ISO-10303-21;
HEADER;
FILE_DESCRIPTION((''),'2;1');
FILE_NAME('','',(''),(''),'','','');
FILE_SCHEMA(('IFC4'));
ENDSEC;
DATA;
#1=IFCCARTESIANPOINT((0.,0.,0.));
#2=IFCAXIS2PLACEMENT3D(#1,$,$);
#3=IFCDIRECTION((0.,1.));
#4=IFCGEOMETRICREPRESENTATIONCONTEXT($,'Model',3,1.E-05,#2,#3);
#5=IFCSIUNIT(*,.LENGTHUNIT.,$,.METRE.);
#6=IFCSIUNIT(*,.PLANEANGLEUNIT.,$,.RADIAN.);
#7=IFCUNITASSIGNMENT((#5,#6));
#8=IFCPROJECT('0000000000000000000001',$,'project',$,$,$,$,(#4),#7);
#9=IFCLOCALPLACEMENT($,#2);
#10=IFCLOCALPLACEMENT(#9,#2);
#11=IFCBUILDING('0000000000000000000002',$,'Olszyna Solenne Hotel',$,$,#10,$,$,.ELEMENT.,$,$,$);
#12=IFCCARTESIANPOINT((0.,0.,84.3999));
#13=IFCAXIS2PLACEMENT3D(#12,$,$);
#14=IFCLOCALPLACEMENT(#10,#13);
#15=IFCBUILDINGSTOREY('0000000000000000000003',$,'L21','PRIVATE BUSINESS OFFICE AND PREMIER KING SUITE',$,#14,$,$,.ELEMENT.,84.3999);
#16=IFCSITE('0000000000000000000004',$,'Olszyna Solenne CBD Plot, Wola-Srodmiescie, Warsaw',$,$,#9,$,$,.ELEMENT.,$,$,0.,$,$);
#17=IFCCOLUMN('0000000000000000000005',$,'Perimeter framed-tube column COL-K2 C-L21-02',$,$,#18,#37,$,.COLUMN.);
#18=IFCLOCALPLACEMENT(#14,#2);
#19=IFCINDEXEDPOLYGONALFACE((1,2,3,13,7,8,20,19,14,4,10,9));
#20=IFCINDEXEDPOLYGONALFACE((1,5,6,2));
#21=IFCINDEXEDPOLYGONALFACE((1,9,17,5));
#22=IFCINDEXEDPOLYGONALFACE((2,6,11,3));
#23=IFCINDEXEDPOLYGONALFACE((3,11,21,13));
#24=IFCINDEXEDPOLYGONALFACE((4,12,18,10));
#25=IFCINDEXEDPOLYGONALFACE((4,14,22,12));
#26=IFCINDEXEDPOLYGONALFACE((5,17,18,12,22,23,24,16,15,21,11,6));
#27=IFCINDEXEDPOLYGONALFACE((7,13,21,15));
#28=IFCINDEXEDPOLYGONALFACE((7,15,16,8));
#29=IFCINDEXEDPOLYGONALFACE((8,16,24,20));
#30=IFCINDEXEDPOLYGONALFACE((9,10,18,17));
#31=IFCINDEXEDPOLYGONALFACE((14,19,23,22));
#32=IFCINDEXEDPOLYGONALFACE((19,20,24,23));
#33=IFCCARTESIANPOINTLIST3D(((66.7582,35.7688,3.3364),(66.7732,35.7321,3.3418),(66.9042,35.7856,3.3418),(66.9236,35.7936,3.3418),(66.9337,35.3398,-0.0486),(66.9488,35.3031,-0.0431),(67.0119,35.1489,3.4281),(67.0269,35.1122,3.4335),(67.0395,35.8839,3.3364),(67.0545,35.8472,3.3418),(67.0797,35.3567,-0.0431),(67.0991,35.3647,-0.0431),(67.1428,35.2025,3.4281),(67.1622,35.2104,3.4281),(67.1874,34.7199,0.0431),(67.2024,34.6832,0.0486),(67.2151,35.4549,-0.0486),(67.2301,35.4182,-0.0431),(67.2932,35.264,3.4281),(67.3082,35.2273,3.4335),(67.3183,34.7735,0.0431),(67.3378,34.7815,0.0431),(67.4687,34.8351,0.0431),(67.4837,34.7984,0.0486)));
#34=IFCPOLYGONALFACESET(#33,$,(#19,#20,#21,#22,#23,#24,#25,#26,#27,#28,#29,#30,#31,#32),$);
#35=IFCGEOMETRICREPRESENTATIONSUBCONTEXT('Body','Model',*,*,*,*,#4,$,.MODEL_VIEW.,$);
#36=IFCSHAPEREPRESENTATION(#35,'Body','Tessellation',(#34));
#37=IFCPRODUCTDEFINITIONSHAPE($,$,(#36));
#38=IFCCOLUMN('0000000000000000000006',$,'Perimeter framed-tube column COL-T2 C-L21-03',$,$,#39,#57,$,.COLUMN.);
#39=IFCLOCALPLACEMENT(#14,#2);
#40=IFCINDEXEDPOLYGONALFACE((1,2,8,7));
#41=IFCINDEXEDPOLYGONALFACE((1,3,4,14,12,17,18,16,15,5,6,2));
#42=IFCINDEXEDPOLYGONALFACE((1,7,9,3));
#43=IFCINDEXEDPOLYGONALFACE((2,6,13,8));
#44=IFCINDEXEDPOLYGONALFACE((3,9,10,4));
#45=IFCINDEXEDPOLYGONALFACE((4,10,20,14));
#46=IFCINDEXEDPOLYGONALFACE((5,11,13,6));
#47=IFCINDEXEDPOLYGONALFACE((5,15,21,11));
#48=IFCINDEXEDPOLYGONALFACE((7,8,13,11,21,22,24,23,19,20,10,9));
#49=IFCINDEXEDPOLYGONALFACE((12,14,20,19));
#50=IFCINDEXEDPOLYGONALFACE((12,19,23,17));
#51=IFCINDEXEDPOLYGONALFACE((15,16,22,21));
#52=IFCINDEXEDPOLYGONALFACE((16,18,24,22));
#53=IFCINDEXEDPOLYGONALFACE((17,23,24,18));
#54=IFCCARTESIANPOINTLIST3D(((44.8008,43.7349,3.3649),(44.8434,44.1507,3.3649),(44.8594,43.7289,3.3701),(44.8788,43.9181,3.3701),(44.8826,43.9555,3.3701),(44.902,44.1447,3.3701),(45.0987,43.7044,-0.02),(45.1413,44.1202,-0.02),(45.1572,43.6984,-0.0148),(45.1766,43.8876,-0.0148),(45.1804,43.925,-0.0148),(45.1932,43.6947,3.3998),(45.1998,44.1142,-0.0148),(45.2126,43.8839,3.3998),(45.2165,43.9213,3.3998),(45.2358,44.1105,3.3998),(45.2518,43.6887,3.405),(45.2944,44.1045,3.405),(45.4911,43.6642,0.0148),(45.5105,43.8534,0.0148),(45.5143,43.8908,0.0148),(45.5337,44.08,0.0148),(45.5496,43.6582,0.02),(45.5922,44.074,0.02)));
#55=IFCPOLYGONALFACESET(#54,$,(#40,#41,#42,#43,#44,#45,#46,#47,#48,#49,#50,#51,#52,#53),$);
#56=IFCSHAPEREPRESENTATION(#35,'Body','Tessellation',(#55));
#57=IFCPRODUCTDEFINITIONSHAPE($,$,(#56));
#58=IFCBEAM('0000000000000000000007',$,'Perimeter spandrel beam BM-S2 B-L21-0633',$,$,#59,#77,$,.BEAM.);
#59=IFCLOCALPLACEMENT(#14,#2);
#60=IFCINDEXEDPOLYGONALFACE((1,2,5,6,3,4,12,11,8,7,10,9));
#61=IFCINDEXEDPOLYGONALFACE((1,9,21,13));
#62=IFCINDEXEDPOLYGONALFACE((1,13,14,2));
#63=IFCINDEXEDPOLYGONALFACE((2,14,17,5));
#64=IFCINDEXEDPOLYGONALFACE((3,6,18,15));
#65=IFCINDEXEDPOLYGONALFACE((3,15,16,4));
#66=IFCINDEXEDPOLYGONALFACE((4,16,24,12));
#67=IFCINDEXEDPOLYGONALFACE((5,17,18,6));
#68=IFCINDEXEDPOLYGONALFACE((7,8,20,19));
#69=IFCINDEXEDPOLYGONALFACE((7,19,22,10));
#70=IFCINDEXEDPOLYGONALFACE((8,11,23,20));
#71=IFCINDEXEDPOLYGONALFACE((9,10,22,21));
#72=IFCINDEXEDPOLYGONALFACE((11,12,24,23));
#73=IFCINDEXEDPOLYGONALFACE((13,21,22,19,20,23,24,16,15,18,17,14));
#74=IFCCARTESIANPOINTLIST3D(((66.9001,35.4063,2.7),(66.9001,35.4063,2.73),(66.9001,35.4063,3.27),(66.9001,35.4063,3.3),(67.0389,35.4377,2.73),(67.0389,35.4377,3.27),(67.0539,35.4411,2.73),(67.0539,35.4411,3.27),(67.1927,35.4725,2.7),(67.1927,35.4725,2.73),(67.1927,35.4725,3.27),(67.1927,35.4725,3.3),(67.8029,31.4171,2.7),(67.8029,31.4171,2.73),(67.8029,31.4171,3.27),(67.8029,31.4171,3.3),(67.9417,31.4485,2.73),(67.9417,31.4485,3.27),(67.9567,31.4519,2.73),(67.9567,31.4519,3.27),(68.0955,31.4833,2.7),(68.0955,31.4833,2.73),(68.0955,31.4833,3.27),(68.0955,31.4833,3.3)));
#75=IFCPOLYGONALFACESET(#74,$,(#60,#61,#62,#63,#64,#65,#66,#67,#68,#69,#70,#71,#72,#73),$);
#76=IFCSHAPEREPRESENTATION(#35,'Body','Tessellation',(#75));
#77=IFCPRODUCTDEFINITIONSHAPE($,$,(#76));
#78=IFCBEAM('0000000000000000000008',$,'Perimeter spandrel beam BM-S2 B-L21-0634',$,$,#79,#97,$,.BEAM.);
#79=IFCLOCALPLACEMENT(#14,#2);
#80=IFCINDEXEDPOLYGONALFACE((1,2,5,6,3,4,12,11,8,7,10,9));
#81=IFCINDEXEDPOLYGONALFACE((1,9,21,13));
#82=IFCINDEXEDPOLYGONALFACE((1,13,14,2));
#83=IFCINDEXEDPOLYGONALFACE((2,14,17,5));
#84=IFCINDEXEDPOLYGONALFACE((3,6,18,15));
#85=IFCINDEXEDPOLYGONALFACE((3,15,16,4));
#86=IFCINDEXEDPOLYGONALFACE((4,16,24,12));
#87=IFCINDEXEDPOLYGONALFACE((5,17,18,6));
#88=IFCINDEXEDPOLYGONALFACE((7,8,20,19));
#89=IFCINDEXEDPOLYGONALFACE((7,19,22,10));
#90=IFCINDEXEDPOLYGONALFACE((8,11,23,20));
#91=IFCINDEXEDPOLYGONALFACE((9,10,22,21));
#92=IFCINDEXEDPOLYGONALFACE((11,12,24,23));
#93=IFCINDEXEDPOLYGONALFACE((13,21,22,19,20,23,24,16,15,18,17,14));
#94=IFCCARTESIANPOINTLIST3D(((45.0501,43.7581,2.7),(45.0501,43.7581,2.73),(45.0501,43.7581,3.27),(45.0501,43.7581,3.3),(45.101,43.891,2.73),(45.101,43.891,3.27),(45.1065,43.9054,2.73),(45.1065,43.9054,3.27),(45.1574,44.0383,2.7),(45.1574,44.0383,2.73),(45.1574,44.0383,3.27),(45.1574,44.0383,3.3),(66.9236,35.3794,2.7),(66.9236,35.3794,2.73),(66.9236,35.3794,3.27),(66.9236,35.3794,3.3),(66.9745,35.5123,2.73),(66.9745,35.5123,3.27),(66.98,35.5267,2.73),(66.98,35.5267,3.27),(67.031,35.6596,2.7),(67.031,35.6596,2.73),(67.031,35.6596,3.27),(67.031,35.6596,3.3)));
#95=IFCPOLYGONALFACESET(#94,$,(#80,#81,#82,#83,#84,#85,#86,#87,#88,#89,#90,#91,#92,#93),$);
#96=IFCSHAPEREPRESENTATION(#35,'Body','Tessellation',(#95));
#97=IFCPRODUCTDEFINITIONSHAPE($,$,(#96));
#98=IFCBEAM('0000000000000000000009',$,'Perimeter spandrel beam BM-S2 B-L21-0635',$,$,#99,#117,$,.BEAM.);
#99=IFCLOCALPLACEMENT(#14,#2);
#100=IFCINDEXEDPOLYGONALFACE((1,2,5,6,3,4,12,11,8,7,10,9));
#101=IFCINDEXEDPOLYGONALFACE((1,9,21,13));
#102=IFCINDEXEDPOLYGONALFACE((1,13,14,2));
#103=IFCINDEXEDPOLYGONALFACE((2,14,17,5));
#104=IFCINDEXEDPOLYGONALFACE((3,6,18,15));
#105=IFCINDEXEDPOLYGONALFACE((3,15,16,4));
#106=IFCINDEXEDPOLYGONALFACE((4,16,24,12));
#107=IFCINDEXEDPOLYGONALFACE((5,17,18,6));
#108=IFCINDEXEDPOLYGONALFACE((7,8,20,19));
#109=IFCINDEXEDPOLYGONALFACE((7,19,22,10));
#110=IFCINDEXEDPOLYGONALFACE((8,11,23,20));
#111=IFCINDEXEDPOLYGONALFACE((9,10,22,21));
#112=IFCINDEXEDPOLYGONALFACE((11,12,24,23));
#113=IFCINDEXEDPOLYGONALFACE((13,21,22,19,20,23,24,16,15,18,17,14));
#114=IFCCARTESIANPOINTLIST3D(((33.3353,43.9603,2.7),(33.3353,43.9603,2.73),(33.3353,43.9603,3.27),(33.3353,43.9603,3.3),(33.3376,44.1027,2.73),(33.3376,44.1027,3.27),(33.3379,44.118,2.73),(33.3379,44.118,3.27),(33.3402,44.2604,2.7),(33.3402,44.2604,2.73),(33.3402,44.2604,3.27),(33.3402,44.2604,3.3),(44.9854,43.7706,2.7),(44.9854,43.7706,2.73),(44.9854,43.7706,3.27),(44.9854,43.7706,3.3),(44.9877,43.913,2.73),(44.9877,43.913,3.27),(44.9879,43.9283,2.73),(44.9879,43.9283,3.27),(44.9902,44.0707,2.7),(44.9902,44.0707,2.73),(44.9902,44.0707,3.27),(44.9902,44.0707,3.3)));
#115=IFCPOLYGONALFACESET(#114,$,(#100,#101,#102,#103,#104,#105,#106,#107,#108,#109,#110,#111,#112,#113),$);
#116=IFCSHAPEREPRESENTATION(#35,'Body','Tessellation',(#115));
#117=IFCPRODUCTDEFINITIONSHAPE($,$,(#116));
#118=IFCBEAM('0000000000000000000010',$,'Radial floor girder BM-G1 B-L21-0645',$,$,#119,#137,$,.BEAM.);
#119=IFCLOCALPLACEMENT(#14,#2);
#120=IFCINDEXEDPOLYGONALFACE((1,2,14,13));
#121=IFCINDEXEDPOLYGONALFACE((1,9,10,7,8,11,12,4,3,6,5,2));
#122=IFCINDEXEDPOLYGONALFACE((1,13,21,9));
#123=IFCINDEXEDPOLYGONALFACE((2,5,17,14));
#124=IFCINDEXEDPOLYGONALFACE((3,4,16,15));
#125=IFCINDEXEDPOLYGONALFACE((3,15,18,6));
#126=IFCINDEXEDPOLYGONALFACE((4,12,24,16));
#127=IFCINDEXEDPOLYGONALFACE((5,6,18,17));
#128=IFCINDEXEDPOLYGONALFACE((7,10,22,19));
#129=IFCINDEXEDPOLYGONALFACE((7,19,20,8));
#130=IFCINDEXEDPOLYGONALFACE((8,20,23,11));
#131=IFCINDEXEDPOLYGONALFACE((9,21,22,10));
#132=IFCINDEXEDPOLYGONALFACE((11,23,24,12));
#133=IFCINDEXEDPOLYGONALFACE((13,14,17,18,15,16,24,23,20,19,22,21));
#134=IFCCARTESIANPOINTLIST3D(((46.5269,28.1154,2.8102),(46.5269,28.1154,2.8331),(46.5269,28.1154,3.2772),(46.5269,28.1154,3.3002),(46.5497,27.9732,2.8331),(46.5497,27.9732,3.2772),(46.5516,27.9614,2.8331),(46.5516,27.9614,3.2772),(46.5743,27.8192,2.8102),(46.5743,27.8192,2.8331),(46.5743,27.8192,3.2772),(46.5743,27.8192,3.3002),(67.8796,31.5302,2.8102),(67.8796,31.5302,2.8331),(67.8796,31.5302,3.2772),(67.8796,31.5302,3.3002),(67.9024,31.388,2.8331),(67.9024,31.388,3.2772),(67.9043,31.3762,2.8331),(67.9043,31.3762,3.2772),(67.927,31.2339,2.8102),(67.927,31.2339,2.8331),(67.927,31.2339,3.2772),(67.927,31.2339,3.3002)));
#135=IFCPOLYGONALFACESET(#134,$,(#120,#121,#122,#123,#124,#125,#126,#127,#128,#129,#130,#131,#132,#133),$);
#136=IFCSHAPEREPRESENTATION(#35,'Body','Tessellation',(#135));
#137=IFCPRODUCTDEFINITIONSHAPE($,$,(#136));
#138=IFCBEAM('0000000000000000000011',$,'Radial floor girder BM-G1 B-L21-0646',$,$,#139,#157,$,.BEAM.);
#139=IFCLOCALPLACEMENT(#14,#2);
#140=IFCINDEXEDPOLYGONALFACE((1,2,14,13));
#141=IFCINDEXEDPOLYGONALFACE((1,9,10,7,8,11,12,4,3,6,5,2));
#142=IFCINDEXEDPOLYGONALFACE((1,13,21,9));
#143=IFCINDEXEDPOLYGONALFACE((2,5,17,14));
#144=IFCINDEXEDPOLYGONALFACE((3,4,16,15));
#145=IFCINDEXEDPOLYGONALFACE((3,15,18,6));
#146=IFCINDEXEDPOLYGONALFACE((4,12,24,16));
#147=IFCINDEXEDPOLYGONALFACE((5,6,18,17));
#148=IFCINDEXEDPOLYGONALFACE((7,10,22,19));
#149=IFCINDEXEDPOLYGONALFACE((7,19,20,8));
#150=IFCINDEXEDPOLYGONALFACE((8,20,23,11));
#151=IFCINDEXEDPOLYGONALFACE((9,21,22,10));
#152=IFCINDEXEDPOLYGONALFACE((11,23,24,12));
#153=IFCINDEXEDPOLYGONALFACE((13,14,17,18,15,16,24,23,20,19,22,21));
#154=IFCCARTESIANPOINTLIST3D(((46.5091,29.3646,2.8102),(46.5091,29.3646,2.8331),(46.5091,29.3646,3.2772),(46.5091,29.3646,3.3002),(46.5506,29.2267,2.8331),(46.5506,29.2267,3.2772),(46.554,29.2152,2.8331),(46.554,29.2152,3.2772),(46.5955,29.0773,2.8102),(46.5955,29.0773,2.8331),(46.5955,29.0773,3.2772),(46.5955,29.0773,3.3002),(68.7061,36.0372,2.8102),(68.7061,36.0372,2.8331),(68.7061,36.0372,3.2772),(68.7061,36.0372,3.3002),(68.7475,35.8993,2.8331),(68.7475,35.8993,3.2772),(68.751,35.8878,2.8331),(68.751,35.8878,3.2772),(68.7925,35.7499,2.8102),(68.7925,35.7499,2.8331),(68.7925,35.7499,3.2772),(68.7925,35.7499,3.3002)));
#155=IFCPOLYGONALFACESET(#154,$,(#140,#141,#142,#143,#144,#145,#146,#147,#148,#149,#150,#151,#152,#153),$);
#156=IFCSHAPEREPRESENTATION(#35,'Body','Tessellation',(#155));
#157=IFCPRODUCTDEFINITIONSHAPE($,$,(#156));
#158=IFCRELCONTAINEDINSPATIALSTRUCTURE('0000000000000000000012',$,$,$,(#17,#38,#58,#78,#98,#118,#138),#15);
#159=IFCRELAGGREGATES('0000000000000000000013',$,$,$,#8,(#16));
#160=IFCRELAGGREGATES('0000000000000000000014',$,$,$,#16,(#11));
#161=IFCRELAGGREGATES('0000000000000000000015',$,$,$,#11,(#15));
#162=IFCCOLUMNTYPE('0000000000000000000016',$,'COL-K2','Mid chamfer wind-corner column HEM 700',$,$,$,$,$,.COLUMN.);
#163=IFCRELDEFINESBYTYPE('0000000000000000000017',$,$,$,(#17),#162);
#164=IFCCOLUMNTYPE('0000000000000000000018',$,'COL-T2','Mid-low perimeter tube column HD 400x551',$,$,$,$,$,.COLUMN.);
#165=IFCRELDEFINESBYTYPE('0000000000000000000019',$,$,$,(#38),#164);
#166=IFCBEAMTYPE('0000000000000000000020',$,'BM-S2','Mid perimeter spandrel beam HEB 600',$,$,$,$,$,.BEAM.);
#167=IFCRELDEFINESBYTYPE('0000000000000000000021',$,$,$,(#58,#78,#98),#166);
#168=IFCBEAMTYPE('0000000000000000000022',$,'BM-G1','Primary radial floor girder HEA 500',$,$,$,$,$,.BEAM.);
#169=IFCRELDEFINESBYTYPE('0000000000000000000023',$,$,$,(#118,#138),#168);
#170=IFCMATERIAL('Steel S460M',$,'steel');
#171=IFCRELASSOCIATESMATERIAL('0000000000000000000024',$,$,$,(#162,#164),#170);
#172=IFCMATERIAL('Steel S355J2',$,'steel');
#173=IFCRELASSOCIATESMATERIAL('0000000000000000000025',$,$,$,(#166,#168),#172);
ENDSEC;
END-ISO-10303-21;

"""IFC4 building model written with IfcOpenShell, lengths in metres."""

from ifc_helpers import new_model, si_unit, direction, frame, origin, origin_2d, place, context, subcontext, project, spatial, i_section, extrude, source, transform, mapped, material, material_profile, profile_set, type_object, element, save


model = new_model("IFC4")

# Units and contexts
model_context = context("Model", 3, precision=1e-05, world=origin(), true_north=direction((0.0, 1.0)))
body_context = subcontext(model_context, "Body", "Model", "MODEL_VIEW")
ifc_project = project(units=[si_unit("LENGTHUNIT", "METRE"), si_unit("PLANEANGLEUNIT", "RADIAN")], contexts=[model_context])

# Site, building, storey
site_placement = place(None, origin())
site = spatial("IfcSite", under=ifc_project, at=site_placement, Name="Olszyna Solenne CBD Plot, Wola-Srodmiescie, Warsaw", CompositionType="ELEMENT", RefElevation=0.0)
building_placement = place(site_placement, origin())
building = spatial("IfcBuilding", under=site, at=building_placement, Name="Olszyna Solenne Hotel", CompositionType="ELEMENT")
storey_placement = place(building_placement, frame((0.0, 0.0, 84.3999)))
storey = spatial("IfcBuildingStorey", under=building, at=storey_placement, Name="L21", Description="PRIVATE BUSINESS OFFICE AND PREMIER KING SUITE", CompositionType="ELEMENT", Elevation=84.3999)

# Columns
ifc_material_1 = material(Name="Steel S460M", Category="steel")
ifc_material_profile_1 = material_profile(ifc_material_1, i_section(OverallWidth=0.304, OverallDepth=0.7161, WebThickness=0.021, FlangeThickness=0.04, at=origin_2d()), Name="HEM 700", Category="load-bearing")
ifc_profile_set_1 = profile_set([ifc_material_profile_1], Name="Steel S460M")
column_type_1 = type_object("IfcColumnType", Name="COL-K2", Description="Mid chamfer wind-corner column HEM 700", PredefinedType="COLUMN", material=ifc_profile_set_1)
shared_shape_1 = source(origin(), body_context, "Body", "SweptSolid", [
    extrude(i_section(OverallWidth=0.304, OverallDepth=0.7161, WebThickness=0.021, FlangeThickness=0.04, at=origin_2d()), origin(), (0.0, 0.0, 1.0), 3.4165),
])
column_1_placement = place(storey_placement, frame((67.2087, 35.0691, 0.0), z_axis=(-0.051378, 0.125551, 0.990756), x_axis=(-0.925505, -0.378735, 0.0)))
element("IfcColumn", 1, at=column_1_placement, inside=storey, type_object=column_type_1, Name="Perimeter framed-tube column COL-K2 C-L21-02", PredefinedType="COLUMN", context=body_context, shape_type="MappedRepresentation", body=[
    mapped(shared_shape_1, transform((0.0, 0.0, 0.0), x_axis=(1.0, 0.0, 0.0), y_axis=(0.0, 1.0, 0.0), z_axis=(0.0, 0.0, 1.0), scale=1.0)),
])
ifc_material_profile_2 = material_profile(ifc_material_1, i_section(OverallWidth=0.418, OverallDepth=0.4551, WebThickness=0.0376, FlangeThickness=0.0591, at=origin_2d()), Name="HD 400x551", Category="load-bearing")
ifc_profile_set_2 = profile_set([ifc_material_profile_2], Name="Steel S460M")
column_type_2 = type_object("IfcColumnType", Name="COL-T2", Description="Mid-low perimeter tube column HD 400x551", PredefinedType="COLUMN", material=ifc_profile_set_2)
shared_shape_2 = source(origin(), body_context, "Body", "SweptSolid", [
    extrude(i_section(OverallWidth=0.418, OverallDepth=0.4551, WebThickness=0.0376, FlangeThickness=0.0591, at=origin_2d()), origin(), (0.0, 0.0, 1.0), 3.3982),
])
column_2_placement = place(storey_placement, frame((45.3455, 43.8892, 0.0), z_axis=(-0.087649, 0.00898, 0.996111), x_axis=(-0.101925, -0.994792, 0.0)))
element("IfcColumn", 2, at=column_2_placement, inside=storey, type_object=column_type_2, Name="Perimeter framed-tube column COL-T2 C-L21-03", PredefinedType="COLUMN", context=body_context, shape_type="MappedRepresentation", body=[
    mapped(shared_shape_2, transform((0.0, 0.0, 0.0), x_axis=(1.0, 0.0, 0.0), y_axis=(0.0, 1.0, 0.0), z_axis=(0.0, 0.0, 1.0), scale=1.0)),
])

# Beams
ifc_material_2 = material(Name="Steel S355J2", Category="steel")
ifc_material_profile_3 = material_profile(ifc_material_2, i_section(OverallWidth=0.3, OverallDepth=0.6001, WebThickness=0.0154, FlangeThickness=0.03, at=origin_2d()), Name="HEB 600", Category="load-bearing")
ifc_profile_set_3 = profile_set([ifc_material_profile_3], Name="Steel S355J2")
beam_type_1 = type_object("IfcBeamType", Name="BM-S2", Description="Mid perimeter spandrel beam HEB 600", PredefinedType="BEAM", material=ifc_profile_set_3)
shared_shape_3 = source(origin(), body_context, "Body", "SweptSolid", [
    extrude(i_section(OverallWidth=0.3, OverallDepth=0.6001, WebThickness=0.0154, FlangeThickness=0.03, at=origin_2d()), origin(), (0.0, 0.0, 1.0), 4.0901),
])
beam_1_placement = place(storey_placement, frame((67.9492, 31.4502, 3.0), z_axis=(-0.220734, 0.975334, 0.0), x_axis=(-0.975334, -0.220734, 0.0)))
element("IfcBeam", 3, at=beam_1_placement, inside=storey, type_object=beam_type_1, Name="Perimeter spandrel beam BM-S2 B-L21-0633", PredefinedType="BEAM", context=body_context, shape_type="MappedRepresentation", body=[
    mapped(shared_shape_3, transform((0.0, 0.0, 0.0), x_axis=(1.0, 0.0, 0.0), y_axis=(0.0, 1.0, 0.0), z_axis=(0.0, 0.0, 1.0), scale=1.0)),
])
shared_shape_4 = source(origin(), body_context, "Body", "SweptSolid", [
    extrude(i_section(OverallWidth=0.3, OverallDepth=0.6001, WebThickness=0.0154, FlangeThickness=0.03, at=origin_2d()), origin(), (0.0, 0.0, 1.0), 23.4233),
])
beam_2_placement = place(storey_placement, frame((66.9773, 35.5195, 3.0), z_axis=(-0.933834, 0.357705, 0.0), x_axis=(-0.357705, -0.933834, 0.0)))
element("IfcBeam", 4, at=beam_2_placement, inside=storey, type_object=beam_type_1, Name="Perimeter spandrel beam BM-S2 B-L21-0634", PredefinedType="BEAM", context=body_context, shape_type="MappedRepresentation", body=[
    mapped(shared_shape_4, transform((0.0, 0.0, 0.0), x_axis=(1.0, 0.0, 0.0), y_axis=(0.0, 1.0, 0.0), z_axis=(0.0, 0.0, 1.0), scale=1.0)),
])
shared_shape_5 = source(origin(), body_context, "Body", "SweptSolid", [
    extrude(i_section(OverallWidth=0.3, OverallDepth=0.6001, WebThickness=0.0154, FlangeThickness=0.03, at=origin_2d()), origin(), (0.0, 0.0, 1.0), 11.6516),
])
beam_3_placement = place(storey_placement, frame((44.9878, 43.9207, 3.0), z_axis=(-0.999867, 0.016281, 0.0), x_axis=(-0.016281, -0.999867, 0.0)))
element("IfcBeam", 5, at=beam_3_placement, inside=storey, type_object=beam_type_1, Name="Perimeter spandrel beam BM-S2 B-L21-0635", PredefinedType="BEAM", context=body_context, shape_type="MappedRepresentation", body=[
    mapped(shared_shape_5, transform((0.0, 0.0, 0.0), x_axis=(1.0, 0.0, 0.0), y_axis=(0.0, 1.0, 0.0), z_axis=(0.0, 0.0, 1.0), scale=1.0)),
])
ifc_material_profile_4 = material_profile(ifc_material_2, i_section(OverallWidth=0.3, OverallDepth=0.49, WebThickness=0.012, FlangeThickness=0.0229, at=origin_2d()), Name="HEA 500", Category="load-bearing")
ifc_profile_set_4 = profile_set([ifc_material_profile_4], Name="Steel S355J2")
beam_type_2 = type_object("IfcBeamType", Name="BM-G1", Description="Primary radial floor girder HEA 500", PredefinedType="BEAM", material=ifc_profile_set_4)
shared_shape_6 = source(origin(), body_context, "Body", "SweptSolid", [
    extrude(i_section(OverallWidth=0.3, OverallDepth=0.49, WebThickness=0.012, FlangeThickness=0.0229, at=origin_2d()), origin(), (0.0, 0.0, 1.0), 21.624),
])
beam_4_placement = place(storey_placement, frame((67.9033, 31.3821, 3.0552), z_axis=(-0.987453, -0.157916, 0.0), x_axis=(0.157916, -0.987453, 0.0)))
element("IfcBeam", 6, at=beam_4_placement, inside=storey, type_object=beam_type_2, Name="Radial floor girder BM-G1 B-L21-0645", PredefinedType="BEAM", context=body_context, shape_type="MappedRepresentation", body=[
    mapped(shared_shape_6, transform((0.0, 0.0, 0.0), x_axis=(1.0, 0.0, 0.0), y_axis=(0.0, 1.0, 0.0), z_axis=(0.0, 0.0, 1.0), scale=1.0)),
])
shared_shape_7 = source(origin(), body_context, "Body", "SweptSolid", [
    extrude(i_section(OverallWidth=0.3, OverallDepth=0.49, WebThickness=0.012, FlangeThickness=0.0229, at=origin_2d()), origin(), (0.0, 0.0, 1.0), 23.1782),
])
beam_5_placement = place(storey_placement, frame((68.7493, 35.8936, 3.0552), z_axis=(-0.957666, -0.287882, 0.0), x_axis=(0.287882, -0.957666, 0.0)))
element("IfcBeam", 7, at=beam_5_placement, inside=storey, type_object=beam_type_2, Name="Radial floor girder BM-G1 B-L21-0646", PredefinedType="BEAM", context=body_context, shape_type="MappedRepresentation", body=[
    mapped(shared_shape_7, transform((0.0, 0.0, 0.0), x_axis=(1.0, 0.0, 0.0), y_axis=(0.0, 1.0, 0.0), z_axis=(0.0, 0.0, 1.0), scale=1.0)),
])

save(model, "model.ifc")
